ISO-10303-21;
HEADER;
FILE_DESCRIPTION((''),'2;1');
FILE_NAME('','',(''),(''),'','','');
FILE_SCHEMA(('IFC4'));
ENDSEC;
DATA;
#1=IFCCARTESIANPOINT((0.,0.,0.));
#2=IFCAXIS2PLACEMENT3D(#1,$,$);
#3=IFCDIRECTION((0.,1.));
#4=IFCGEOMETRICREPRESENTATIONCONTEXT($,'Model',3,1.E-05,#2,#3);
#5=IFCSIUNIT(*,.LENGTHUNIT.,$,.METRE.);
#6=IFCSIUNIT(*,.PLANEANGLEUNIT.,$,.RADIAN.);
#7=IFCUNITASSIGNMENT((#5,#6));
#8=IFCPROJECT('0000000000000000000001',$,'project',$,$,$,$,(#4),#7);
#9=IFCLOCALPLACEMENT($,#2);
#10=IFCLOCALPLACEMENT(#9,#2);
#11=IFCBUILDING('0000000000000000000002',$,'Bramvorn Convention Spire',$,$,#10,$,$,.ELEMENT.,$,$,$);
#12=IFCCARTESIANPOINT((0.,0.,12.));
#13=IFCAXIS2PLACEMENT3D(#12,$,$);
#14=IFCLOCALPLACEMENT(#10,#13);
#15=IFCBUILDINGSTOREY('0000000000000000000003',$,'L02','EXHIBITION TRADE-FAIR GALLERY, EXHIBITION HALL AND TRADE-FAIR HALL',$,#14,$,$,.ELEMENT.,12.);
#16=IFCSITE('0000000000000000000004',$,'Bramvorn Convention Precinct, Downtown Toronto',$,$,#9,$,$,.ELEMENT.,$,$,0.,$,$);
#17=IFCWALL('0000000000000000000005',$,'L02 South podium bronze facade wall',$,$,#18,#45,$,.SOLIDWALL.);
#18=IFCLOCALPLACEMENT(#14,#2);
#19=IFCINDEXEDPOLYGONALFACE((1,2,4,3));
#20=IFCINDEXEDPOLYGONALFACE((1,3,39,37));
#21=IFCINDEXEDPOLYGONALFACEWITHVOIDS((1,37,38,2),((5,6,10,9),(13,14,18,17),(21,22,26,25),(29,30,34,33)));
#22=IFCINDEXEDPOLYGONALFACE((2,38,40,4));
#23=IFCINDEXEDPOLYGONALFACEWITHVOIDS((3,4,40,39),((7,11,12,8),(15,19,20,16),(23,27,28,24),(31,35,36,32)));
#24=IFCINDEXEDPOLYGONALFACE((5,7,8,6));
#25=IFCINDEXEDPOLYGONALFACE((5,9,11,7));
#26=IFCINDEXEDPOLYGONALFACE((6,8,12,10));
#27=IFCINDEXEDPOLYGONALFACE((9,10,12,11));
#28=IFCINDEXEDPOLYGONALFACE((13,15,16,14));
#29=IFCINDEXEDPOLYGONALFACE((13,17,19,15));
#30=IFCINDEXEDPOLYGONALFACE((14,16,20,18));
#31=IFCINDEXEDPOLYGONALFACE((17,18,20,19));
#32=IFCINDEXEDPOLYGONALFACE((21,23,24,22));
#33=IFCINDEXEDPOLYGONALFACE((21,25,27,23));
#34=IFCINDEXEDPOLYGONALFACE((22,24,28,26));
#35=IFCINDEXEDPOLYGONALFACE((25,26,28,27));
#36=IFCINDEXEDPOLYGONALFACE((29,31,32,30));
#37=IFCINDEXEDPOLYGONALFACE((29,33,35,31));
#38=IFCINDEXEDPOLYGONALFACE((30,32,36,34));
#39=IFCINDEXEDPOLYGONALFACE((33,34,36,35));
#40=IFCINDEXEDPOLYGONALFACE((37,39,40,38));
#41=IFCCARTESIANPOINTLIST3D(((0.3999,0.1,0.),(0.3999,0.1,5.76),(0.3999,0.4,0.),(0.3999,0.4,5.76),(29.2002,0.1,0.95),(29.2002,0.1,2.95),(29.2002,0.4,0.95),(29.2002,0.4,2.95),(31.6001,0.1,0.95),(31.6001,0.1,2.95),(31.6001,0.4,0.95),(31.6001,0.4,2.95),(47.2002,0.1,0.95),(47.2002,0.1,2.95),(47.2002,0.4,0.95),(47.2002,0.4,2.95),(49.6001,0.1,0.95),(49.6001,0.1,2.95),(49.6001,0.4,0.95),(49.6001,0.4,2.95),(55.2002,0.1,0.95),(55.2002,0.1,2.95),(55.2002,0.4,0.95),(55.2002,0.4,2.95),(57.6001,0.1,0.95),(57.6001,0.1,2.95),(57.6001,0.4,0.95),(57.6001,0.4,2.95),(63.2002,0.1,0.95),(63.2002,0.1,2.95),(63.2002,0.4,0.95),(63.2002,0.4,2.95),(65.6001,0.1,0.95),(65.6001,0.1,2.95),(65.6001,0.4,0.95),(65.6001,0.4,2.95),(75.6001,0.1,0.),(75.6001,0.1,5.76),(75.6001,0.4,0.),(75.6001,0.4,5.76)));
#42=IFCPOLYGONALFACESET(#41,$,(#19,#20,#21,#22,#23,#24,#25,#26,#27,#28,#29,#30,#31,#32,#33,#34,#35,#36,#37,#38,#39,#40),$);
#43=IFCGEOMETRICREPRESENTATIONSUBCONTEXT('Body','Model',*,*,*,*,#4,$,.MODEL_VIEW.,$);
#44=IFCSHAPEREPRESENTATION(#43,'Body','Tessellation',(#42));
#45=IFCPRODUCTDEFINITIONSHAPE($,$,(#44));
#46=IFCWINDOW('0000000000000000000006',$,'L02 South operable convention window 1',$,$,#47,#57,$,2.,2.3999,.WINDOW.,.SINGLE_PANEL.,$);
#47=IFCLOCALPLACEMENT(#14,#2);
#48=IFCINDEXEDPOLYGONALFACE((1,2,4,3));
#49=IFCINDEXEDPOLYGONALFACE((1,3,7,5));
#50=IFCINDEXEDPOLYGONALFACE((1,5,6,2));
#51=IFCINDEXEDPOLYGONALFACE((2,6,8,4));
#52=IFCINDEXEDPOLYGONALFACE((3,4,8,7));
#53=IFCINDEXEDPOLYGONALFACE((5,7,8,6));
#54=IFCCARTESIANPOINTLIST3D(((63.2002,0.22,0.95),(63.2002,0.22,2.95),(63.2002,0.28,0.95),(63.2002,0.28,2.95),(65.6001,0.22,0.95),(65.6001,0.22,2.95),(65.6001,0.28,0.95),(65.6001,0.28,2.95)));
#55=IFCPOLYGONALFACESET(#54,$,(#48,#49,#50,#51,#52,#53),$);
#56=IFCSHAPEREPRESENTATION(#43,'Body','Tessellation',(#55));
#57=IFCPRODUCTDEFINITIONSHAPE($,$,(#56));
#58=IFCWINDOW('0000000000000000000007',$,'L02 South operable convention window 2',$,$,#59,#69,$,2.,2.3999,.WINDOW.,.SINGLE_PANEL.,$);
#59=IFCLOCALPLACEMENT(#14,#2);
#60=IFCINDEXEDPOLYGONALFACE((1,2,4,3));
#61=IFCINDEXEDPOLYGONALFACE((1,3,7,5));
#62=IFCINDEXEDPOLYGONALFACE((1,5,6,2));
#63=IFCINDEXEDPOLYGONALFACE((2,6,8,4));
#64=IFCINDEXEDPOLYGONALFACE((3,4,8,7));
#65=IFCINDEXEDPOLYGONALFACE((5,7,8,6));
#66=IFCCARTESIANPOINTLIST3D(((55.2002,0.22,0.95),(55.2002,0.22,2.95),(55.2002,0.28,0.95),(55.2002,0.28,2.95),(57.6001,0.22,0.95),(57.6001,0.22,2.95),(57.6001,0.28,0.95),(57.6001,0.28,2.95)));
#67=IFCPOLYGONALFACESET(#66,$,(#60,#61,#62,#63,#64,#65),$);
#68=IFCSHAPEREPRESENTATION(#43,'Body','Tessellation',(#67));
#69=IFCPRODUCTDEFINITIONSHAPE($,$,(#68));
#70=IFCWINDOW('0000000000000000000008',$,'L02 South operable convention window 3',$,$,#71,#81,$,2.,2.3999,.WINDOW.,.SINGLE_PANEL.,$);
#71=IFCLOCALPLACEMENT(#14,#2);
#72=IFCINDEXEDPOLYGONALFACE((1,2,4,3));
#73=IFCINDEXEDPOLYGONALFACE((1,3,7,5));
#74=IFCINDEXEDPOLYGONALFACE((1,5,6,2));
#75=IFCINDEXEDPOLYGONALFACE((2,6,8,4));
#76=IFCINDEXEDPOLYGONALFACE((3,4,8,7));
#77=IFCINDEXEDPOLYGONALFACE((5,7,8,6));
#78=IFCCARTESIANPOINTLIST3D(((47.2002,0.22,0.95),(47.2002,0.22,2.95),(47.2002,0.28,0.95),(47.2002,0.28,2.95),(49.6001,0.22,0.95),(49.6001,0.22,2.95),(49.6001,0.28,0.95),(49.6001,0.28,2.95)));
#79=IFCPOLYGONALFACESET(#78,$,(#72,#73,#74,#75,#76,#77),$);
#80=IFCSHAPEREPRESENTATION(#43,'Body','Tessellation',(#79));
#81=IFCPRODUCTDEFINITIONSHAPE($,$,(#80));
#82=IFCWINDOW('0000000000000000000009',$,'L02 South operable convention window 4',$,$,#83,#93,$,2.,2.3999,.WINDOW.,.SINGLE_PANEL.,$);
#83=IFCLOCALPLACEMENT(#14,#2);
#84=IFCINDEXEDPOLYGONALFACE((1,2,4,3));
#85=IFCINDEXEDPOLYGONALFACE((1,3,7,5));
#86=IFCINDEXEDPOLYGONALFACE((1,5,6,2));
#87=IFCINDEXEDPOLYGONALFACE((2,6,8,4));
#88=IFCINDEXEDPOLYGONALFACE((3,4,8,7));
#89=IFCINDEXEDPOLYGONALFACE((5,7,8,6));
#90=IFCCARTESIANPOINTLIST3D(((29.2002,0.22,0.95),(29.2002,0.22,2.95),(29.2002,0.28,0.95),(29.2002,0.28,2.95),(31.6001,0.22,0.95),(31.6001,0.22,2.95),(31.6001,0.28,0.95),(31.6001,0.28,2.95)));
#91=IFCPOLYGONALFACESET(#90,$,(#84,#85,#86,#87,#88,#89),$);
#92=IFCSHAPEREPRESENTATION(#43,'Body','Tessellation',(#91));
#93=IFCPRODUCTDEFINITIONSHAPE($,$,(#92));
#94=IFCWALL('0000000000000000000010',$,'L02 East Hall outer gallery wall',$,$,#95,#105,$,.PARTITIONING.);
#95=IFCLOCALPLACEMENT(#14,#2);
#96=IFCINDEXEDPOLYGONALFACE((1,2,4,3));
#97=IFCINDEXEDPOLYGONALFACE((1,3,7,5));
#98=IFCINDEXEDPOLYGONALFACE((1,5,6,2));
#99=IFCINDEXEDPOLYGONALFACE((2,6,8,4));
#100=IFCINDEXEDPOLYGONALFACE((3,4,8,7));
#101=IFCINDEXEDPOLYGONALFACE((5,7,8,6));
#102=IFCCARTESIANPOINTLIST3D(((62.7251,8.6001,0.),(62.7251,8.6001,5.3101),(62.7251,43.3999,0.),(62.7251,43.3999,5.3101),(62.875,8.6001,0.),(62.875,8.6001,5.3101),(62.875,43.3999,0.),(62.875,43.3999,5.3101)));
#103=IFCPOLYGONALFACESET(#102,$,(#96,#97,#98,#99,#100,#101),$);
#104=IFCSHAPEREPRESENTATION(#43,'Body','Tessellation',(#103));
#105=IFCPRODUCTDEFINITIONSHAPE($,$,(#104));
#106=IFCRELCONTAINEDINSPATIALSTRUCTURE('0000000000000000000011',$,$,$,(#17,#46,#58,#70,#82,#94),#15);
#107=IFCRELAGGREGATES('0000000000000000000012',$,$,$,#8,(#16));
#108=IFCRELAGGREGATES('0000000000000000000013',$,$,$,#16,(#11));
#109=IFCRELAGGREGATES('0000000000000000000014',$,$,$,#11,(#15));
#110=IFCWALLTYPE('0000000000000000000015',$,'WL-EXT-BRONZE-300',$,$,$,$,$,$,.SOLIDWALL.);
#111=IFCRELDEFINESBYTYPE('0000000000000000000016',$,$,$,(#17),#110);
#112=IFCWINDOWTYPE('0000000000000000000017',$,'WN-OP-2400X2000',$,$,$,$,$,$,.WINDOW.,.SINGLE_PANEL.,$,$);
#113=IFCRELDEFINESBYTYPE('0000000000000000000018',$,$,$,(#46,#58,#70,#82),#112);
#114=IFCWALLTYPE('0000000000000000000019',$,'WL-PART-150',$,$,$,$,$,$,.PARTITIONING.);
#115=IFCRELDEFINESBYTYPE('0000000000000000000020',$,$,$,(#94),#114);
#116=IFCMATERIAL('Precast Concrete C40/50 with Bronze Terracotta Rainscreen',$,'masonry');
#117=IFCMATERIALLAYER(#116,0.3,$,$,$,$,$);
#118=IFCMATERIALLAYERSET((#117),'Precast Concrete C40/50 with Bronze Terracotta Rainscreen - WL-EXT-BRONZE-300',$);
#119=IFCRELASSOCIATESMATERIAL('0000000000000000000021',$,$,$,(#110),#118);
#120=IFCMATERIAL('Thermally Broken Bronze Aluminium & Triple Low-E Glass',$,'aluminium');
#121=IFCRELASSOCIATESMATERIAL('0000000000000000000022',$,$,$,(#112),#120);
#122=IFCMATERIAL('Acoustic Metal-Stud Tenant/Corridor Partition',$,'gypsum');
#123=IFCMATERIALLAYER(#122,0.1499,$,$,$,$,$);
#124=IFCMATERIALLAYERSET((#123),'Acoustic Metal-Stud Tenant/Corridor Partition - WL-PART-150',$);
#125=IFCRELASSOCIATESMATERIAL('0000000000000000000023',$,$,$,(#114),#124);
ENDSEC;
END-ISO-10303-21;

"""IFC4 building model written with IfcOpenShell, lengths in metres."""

from ifc_helpers import new_model, si_unit, direction, frame, frame_2d, origin, place, context, subcontext, project, spatial, rectangle, extrude, material, layer, layer_set, type_object, element, fill, save


model = new_model("IFC4")

# Units and contexts
model_context = context("Model", 3, precision=1e-05, world=origin(), true_north=direction((0.0, 1.0)))
body_context = subcontext(model_context, "Body", "Model", "MODEL_VIEW")
ifc_project = project(units=[si_unit("LENGTHUNIT", "METRE"), si_unit("PLANEANGLEUNIT", "RADIAN")], contexts=[model_context])

# Site, building, storey
site_placement = place(None, origin())
site = spatial("IfcSite", under=ifc_project, at=site_placement, Name="Bramvorn Convention Precinct, Downtown Toronto", CompositionType="ELEMENT", RefElevation=0.0)
building_placement = place(site_placement, origin())
building = spatial("IfcBuilding", under=site, at=building_placement, Name="Bramvorn Convention Spire", CompositionType="ELEMENT")
storey_placement = place(building_placement, frame((0.0, 0.0, 12.0)))
storey = spatial("IfcBuildingStorey", under=building, at=storey_placement, Name="L02", Description="EXHIBITION TRADE-FAIR GALLERY, EXHIBITION HALL AND TRADE-FAIR HALL", CompositionType="ELEMENT", Elevation=12.0)

# Wall, openings, windows
ifc_material_1 = material(Name="Precast Concrete C40/50 with Bronze Terracotta Rainscreen", Category="masonry")
ifc_layer_1 = layer(ifc_material_1, 0.3)
ifc_layer_set_1 = layer_set([ifc_layer_1], Name="Precast Concrete C40/50 with Bronze Terracotta Rainscreen - WL-EXT-BRONZE-300")
wall_type_1 = type_object("IfcWallType", Name="WL-EXT-BRONZE-300", PredefinedType="SOLIDWALL", material=ifc_layer_set_1)
wall_1_placement = place(storey_placement, frame((75.6001, 0.25, 0.0), z_axis=(0.0, 0.0, 1.0), x_axis=(-1.0, 0.0, 0.0)))
wall_1 = element("IfcWall", 1, at=wall_1_placement, inside=storey, type_object=wall_type_1, Name="L02 South podium bronze facade wall", PredefinedType="SOLIDWALL", context=body_context, shape_type="SweptSolid", body=[
    extrude(rectangle(XDim=75.2002, YDim=0.3, at=frame_2d((37.6001, 0.0))), origin(), (0.0, 0.0, 1.0), 5.76),
])
opening_1_placement = place(wall_1_placement, frame((10.0, 0.0, 0.95)))
opening_1 = element("IfcOpeningElement", 2, at=opening_1_placement, cuts=wall_1, PredefinedType="OPENING", context=body_context, shape_type="SweptSolid", body=[
    extrude(rectangle(XDim=2.3999, YDim=2.0, at=frame_2d((1.2, 1.0))), frame((0.0, 0.1599, 0.0), z_axis=(0.0, -1.0, 0.0), x_axis=(1.0, 0.0, 0.0)), (0.0, 0.0, 1.0), 0.3201),
])
opening_2_placement = place(wall_1_placement, frame((18.0, 0.0, 0.95)))
opening_2 = element("IfcOpeningElement", 3, at=opening_2_placement, cuts=wall_1, PredefinedType="OPENING", context=body_context, shape_type="SweptSolid", body=[
    extrude(rectangle(XDim=2.3999, YDim=2.0, at=frame_2d((1.2, 1.0))), frame((0.0, 0.1599, 0.0), z_axis=(0.0, -1.0, 0.0), x_axis=(1.0, 0.0, 0.0)), (0.0, 0.0, 1.0), 0.3201),
])
opening_3_placement = place(wall_1_placement, frame((26.0, 0.0, 0.95)))
opening_3 = element("IfcOpeningElement", 4, at=opening_3_placement, cuts=wall_1, PredefinedType="OPENING", context=body_context, shape_type="SweptSolid", body=[
    extrude(rectangle(XDim=2.3999, YDim=2.0, at=frame_2d((1.2, 1.0))), frame((0.0, 0.1599, 0.0), z_axis=(0.0, -1.0, 0.0), x_axis=(1.0, 0.0, 0.0)), (0.0, 0.0, 1.0), 0.3201),
])
opening_4_placement = place(wall_1_placement, frame((44.0, 0.0, 0.95)))
opening_4 = element("IfcOpeningElement", 5, at=opening_4_placement, cuts=wall_1, PredefinedType="OPENING", context=body_context, shape_type="SweptSolid", body=[
    extrude(rectangle(XDim=2.3999, YDim=2.0, at=frame_2d((1.2, 1.0))), frame((0.0, 0.1599, 0.0), z_axis=(0.0, -1.0, 0.0), x_axis=(1.0, 0.0, 0.0)), (0.0, 0.0, 1.0), 0.3201),
])
ifc_material_2 = material(Name="Thermally Broken Bronze Aluminium & Triple Low-E Glass", Category="aluminium")
window_type = type_object("IfcWindowType", Name="WN-OP-2400X2000", PartitioningType="SINGLE_PANEL", PredefinedType="WINDOW", material=ifc_material_2)
window_1_placement = place(opening_1_placement, origin())
window_1 = element("IfcWindow", 6, at=window_1_placement, inside=storey, type_object=window_type, Name="L02 South operable convention window 1", OverallHeight=2.0, OverallWidth=2.3999, PartitioningType="SINGLE_PANEL", PredefinedType="WINDOW", context=body_context, shape_type="SweptSolid", body=[
    extrude(rectangle(XDim=2.3999, YDim=2.0, at=frame_2d((1.2, 1.0))), frame((0.0, 0.03, 0.0), z_axis=(0.0, -1.0, 0.0), x_axis=(1.0, 0.0, 0.0)), (0.0, 0.0, 1.0), 0.0601),
])
fill(opening_1, window_1)
window_2_placement = place(opening_2_placement, origin())
window_2 = element("IfcWindow", 7, at=window_2_placement, inside=storey, type_object=window_type, Name="L02 South operable convention window 2", OverallHeight=2.0, OverallWidth=2.3999, PartitioningType="SINGLE_PANEL", PredefinedType="WINDOW", context=body_context, shape_type="SweptSolid", body=[
    extrude(rectangle(XDim=2.3999, YDim=2.0, at=frame_2d((1.2, 1.0))), frame((0.0, 0.03, 0.0), z_axis=(0.0, -1.0, 0.0), x_axis=(1.0, 0.0, 0.0)), (0.0, 0.0, 1.0), 0.0601),
])
fill(opening_2, window_2)
window_3_placement = place(opening_3_placement, origin())
window_3 = element("IfcWindow", 8, at=window_3_placement, inside=storey, type_object=window_type, Name="L02 South operable convention window 3", OverallHeight=2.0, OverallWidth=2.3999, PartitioningType="SINGLE_PANEL", PredefinedType="WINDOW", context=body_context, shape_type="SweptSolid", body=[
    extrude(rectangle(XDim=2.3999, YDim=2.0, at=frame_2d((1.2, 1.0))), frame((0.0, 0.03, 0.0), z_axis=(0.0, -1.0, 0.0), x_axis=(1.0, 0.0, 0.0)), (0.0, 0.0, 1.0), 0.0601),
])
fill(opening_3, window_3)
window_4_placement = place(opening_4_placement, origin())
window_4 = element("IfcWindow", 9, at=window_4_placement, inside=storey, type_object=window_type, Name="L02 South operable convention window 4", OverallHeight=2.0, OverallWidth=2.3999, PartitioningType="SINGLE_PANEL", PredefinedType="WINDOW", context=body_context, shape_type="SweptSolid", body=[
    extrude(rectangle(XDim=2.3999, YDim=2.0, at=frame_2d((1.2, 1.0))), frame((0.0, 0.03, 0.0), z_axis=(0.0, -1.0, 0.0), x_axis=(1.0, 0.0, 0.0)), (0.0, 0.0, 1.0), 0.0601),
])
fill(opening_4, window_4)

# Wall
ifc_material_3 = material(Name="Acoustic Metal-Stud Tenant/Corridor Partition", Category="gypsum")
ifc_layer_2 = layer(ifc_material_3, 0.1499)
ifc_layer_set_2 = layer_set([ifc_layer_2], Name="Acoustic Metal-Stud Tenant/Corridor Partition - WL-PART-150")
wall_type_2 = type_object("IfcWallType", Name="WL-PART-150", PredefinedType="PARTITIONING", material=ifc_layer_set_2)
wall_2_placement = place(storey_placement, frame((62.8, 8.6001, 0.0), z_axis=(0.0, 0.0, 1.0), x_axis=(0.0, 1.0, 0.0)))
element("IfcWall", 10, at=wall_2_placement, inside=storey, type_object=wall_type_2, Name="L02 East Hall outer gallery wall", PredefinedType="PARTITIONING", context=body_context, shape_type="SweptSolid", body=[
    extrude(rectangle(XDim=34.7998, YDim=0.1499, at=frame_2d((17.3999, 0.0))), origin(), (0.0, 0.0, 1.0), 5.3101),
])

save(model, "model.ifc")
